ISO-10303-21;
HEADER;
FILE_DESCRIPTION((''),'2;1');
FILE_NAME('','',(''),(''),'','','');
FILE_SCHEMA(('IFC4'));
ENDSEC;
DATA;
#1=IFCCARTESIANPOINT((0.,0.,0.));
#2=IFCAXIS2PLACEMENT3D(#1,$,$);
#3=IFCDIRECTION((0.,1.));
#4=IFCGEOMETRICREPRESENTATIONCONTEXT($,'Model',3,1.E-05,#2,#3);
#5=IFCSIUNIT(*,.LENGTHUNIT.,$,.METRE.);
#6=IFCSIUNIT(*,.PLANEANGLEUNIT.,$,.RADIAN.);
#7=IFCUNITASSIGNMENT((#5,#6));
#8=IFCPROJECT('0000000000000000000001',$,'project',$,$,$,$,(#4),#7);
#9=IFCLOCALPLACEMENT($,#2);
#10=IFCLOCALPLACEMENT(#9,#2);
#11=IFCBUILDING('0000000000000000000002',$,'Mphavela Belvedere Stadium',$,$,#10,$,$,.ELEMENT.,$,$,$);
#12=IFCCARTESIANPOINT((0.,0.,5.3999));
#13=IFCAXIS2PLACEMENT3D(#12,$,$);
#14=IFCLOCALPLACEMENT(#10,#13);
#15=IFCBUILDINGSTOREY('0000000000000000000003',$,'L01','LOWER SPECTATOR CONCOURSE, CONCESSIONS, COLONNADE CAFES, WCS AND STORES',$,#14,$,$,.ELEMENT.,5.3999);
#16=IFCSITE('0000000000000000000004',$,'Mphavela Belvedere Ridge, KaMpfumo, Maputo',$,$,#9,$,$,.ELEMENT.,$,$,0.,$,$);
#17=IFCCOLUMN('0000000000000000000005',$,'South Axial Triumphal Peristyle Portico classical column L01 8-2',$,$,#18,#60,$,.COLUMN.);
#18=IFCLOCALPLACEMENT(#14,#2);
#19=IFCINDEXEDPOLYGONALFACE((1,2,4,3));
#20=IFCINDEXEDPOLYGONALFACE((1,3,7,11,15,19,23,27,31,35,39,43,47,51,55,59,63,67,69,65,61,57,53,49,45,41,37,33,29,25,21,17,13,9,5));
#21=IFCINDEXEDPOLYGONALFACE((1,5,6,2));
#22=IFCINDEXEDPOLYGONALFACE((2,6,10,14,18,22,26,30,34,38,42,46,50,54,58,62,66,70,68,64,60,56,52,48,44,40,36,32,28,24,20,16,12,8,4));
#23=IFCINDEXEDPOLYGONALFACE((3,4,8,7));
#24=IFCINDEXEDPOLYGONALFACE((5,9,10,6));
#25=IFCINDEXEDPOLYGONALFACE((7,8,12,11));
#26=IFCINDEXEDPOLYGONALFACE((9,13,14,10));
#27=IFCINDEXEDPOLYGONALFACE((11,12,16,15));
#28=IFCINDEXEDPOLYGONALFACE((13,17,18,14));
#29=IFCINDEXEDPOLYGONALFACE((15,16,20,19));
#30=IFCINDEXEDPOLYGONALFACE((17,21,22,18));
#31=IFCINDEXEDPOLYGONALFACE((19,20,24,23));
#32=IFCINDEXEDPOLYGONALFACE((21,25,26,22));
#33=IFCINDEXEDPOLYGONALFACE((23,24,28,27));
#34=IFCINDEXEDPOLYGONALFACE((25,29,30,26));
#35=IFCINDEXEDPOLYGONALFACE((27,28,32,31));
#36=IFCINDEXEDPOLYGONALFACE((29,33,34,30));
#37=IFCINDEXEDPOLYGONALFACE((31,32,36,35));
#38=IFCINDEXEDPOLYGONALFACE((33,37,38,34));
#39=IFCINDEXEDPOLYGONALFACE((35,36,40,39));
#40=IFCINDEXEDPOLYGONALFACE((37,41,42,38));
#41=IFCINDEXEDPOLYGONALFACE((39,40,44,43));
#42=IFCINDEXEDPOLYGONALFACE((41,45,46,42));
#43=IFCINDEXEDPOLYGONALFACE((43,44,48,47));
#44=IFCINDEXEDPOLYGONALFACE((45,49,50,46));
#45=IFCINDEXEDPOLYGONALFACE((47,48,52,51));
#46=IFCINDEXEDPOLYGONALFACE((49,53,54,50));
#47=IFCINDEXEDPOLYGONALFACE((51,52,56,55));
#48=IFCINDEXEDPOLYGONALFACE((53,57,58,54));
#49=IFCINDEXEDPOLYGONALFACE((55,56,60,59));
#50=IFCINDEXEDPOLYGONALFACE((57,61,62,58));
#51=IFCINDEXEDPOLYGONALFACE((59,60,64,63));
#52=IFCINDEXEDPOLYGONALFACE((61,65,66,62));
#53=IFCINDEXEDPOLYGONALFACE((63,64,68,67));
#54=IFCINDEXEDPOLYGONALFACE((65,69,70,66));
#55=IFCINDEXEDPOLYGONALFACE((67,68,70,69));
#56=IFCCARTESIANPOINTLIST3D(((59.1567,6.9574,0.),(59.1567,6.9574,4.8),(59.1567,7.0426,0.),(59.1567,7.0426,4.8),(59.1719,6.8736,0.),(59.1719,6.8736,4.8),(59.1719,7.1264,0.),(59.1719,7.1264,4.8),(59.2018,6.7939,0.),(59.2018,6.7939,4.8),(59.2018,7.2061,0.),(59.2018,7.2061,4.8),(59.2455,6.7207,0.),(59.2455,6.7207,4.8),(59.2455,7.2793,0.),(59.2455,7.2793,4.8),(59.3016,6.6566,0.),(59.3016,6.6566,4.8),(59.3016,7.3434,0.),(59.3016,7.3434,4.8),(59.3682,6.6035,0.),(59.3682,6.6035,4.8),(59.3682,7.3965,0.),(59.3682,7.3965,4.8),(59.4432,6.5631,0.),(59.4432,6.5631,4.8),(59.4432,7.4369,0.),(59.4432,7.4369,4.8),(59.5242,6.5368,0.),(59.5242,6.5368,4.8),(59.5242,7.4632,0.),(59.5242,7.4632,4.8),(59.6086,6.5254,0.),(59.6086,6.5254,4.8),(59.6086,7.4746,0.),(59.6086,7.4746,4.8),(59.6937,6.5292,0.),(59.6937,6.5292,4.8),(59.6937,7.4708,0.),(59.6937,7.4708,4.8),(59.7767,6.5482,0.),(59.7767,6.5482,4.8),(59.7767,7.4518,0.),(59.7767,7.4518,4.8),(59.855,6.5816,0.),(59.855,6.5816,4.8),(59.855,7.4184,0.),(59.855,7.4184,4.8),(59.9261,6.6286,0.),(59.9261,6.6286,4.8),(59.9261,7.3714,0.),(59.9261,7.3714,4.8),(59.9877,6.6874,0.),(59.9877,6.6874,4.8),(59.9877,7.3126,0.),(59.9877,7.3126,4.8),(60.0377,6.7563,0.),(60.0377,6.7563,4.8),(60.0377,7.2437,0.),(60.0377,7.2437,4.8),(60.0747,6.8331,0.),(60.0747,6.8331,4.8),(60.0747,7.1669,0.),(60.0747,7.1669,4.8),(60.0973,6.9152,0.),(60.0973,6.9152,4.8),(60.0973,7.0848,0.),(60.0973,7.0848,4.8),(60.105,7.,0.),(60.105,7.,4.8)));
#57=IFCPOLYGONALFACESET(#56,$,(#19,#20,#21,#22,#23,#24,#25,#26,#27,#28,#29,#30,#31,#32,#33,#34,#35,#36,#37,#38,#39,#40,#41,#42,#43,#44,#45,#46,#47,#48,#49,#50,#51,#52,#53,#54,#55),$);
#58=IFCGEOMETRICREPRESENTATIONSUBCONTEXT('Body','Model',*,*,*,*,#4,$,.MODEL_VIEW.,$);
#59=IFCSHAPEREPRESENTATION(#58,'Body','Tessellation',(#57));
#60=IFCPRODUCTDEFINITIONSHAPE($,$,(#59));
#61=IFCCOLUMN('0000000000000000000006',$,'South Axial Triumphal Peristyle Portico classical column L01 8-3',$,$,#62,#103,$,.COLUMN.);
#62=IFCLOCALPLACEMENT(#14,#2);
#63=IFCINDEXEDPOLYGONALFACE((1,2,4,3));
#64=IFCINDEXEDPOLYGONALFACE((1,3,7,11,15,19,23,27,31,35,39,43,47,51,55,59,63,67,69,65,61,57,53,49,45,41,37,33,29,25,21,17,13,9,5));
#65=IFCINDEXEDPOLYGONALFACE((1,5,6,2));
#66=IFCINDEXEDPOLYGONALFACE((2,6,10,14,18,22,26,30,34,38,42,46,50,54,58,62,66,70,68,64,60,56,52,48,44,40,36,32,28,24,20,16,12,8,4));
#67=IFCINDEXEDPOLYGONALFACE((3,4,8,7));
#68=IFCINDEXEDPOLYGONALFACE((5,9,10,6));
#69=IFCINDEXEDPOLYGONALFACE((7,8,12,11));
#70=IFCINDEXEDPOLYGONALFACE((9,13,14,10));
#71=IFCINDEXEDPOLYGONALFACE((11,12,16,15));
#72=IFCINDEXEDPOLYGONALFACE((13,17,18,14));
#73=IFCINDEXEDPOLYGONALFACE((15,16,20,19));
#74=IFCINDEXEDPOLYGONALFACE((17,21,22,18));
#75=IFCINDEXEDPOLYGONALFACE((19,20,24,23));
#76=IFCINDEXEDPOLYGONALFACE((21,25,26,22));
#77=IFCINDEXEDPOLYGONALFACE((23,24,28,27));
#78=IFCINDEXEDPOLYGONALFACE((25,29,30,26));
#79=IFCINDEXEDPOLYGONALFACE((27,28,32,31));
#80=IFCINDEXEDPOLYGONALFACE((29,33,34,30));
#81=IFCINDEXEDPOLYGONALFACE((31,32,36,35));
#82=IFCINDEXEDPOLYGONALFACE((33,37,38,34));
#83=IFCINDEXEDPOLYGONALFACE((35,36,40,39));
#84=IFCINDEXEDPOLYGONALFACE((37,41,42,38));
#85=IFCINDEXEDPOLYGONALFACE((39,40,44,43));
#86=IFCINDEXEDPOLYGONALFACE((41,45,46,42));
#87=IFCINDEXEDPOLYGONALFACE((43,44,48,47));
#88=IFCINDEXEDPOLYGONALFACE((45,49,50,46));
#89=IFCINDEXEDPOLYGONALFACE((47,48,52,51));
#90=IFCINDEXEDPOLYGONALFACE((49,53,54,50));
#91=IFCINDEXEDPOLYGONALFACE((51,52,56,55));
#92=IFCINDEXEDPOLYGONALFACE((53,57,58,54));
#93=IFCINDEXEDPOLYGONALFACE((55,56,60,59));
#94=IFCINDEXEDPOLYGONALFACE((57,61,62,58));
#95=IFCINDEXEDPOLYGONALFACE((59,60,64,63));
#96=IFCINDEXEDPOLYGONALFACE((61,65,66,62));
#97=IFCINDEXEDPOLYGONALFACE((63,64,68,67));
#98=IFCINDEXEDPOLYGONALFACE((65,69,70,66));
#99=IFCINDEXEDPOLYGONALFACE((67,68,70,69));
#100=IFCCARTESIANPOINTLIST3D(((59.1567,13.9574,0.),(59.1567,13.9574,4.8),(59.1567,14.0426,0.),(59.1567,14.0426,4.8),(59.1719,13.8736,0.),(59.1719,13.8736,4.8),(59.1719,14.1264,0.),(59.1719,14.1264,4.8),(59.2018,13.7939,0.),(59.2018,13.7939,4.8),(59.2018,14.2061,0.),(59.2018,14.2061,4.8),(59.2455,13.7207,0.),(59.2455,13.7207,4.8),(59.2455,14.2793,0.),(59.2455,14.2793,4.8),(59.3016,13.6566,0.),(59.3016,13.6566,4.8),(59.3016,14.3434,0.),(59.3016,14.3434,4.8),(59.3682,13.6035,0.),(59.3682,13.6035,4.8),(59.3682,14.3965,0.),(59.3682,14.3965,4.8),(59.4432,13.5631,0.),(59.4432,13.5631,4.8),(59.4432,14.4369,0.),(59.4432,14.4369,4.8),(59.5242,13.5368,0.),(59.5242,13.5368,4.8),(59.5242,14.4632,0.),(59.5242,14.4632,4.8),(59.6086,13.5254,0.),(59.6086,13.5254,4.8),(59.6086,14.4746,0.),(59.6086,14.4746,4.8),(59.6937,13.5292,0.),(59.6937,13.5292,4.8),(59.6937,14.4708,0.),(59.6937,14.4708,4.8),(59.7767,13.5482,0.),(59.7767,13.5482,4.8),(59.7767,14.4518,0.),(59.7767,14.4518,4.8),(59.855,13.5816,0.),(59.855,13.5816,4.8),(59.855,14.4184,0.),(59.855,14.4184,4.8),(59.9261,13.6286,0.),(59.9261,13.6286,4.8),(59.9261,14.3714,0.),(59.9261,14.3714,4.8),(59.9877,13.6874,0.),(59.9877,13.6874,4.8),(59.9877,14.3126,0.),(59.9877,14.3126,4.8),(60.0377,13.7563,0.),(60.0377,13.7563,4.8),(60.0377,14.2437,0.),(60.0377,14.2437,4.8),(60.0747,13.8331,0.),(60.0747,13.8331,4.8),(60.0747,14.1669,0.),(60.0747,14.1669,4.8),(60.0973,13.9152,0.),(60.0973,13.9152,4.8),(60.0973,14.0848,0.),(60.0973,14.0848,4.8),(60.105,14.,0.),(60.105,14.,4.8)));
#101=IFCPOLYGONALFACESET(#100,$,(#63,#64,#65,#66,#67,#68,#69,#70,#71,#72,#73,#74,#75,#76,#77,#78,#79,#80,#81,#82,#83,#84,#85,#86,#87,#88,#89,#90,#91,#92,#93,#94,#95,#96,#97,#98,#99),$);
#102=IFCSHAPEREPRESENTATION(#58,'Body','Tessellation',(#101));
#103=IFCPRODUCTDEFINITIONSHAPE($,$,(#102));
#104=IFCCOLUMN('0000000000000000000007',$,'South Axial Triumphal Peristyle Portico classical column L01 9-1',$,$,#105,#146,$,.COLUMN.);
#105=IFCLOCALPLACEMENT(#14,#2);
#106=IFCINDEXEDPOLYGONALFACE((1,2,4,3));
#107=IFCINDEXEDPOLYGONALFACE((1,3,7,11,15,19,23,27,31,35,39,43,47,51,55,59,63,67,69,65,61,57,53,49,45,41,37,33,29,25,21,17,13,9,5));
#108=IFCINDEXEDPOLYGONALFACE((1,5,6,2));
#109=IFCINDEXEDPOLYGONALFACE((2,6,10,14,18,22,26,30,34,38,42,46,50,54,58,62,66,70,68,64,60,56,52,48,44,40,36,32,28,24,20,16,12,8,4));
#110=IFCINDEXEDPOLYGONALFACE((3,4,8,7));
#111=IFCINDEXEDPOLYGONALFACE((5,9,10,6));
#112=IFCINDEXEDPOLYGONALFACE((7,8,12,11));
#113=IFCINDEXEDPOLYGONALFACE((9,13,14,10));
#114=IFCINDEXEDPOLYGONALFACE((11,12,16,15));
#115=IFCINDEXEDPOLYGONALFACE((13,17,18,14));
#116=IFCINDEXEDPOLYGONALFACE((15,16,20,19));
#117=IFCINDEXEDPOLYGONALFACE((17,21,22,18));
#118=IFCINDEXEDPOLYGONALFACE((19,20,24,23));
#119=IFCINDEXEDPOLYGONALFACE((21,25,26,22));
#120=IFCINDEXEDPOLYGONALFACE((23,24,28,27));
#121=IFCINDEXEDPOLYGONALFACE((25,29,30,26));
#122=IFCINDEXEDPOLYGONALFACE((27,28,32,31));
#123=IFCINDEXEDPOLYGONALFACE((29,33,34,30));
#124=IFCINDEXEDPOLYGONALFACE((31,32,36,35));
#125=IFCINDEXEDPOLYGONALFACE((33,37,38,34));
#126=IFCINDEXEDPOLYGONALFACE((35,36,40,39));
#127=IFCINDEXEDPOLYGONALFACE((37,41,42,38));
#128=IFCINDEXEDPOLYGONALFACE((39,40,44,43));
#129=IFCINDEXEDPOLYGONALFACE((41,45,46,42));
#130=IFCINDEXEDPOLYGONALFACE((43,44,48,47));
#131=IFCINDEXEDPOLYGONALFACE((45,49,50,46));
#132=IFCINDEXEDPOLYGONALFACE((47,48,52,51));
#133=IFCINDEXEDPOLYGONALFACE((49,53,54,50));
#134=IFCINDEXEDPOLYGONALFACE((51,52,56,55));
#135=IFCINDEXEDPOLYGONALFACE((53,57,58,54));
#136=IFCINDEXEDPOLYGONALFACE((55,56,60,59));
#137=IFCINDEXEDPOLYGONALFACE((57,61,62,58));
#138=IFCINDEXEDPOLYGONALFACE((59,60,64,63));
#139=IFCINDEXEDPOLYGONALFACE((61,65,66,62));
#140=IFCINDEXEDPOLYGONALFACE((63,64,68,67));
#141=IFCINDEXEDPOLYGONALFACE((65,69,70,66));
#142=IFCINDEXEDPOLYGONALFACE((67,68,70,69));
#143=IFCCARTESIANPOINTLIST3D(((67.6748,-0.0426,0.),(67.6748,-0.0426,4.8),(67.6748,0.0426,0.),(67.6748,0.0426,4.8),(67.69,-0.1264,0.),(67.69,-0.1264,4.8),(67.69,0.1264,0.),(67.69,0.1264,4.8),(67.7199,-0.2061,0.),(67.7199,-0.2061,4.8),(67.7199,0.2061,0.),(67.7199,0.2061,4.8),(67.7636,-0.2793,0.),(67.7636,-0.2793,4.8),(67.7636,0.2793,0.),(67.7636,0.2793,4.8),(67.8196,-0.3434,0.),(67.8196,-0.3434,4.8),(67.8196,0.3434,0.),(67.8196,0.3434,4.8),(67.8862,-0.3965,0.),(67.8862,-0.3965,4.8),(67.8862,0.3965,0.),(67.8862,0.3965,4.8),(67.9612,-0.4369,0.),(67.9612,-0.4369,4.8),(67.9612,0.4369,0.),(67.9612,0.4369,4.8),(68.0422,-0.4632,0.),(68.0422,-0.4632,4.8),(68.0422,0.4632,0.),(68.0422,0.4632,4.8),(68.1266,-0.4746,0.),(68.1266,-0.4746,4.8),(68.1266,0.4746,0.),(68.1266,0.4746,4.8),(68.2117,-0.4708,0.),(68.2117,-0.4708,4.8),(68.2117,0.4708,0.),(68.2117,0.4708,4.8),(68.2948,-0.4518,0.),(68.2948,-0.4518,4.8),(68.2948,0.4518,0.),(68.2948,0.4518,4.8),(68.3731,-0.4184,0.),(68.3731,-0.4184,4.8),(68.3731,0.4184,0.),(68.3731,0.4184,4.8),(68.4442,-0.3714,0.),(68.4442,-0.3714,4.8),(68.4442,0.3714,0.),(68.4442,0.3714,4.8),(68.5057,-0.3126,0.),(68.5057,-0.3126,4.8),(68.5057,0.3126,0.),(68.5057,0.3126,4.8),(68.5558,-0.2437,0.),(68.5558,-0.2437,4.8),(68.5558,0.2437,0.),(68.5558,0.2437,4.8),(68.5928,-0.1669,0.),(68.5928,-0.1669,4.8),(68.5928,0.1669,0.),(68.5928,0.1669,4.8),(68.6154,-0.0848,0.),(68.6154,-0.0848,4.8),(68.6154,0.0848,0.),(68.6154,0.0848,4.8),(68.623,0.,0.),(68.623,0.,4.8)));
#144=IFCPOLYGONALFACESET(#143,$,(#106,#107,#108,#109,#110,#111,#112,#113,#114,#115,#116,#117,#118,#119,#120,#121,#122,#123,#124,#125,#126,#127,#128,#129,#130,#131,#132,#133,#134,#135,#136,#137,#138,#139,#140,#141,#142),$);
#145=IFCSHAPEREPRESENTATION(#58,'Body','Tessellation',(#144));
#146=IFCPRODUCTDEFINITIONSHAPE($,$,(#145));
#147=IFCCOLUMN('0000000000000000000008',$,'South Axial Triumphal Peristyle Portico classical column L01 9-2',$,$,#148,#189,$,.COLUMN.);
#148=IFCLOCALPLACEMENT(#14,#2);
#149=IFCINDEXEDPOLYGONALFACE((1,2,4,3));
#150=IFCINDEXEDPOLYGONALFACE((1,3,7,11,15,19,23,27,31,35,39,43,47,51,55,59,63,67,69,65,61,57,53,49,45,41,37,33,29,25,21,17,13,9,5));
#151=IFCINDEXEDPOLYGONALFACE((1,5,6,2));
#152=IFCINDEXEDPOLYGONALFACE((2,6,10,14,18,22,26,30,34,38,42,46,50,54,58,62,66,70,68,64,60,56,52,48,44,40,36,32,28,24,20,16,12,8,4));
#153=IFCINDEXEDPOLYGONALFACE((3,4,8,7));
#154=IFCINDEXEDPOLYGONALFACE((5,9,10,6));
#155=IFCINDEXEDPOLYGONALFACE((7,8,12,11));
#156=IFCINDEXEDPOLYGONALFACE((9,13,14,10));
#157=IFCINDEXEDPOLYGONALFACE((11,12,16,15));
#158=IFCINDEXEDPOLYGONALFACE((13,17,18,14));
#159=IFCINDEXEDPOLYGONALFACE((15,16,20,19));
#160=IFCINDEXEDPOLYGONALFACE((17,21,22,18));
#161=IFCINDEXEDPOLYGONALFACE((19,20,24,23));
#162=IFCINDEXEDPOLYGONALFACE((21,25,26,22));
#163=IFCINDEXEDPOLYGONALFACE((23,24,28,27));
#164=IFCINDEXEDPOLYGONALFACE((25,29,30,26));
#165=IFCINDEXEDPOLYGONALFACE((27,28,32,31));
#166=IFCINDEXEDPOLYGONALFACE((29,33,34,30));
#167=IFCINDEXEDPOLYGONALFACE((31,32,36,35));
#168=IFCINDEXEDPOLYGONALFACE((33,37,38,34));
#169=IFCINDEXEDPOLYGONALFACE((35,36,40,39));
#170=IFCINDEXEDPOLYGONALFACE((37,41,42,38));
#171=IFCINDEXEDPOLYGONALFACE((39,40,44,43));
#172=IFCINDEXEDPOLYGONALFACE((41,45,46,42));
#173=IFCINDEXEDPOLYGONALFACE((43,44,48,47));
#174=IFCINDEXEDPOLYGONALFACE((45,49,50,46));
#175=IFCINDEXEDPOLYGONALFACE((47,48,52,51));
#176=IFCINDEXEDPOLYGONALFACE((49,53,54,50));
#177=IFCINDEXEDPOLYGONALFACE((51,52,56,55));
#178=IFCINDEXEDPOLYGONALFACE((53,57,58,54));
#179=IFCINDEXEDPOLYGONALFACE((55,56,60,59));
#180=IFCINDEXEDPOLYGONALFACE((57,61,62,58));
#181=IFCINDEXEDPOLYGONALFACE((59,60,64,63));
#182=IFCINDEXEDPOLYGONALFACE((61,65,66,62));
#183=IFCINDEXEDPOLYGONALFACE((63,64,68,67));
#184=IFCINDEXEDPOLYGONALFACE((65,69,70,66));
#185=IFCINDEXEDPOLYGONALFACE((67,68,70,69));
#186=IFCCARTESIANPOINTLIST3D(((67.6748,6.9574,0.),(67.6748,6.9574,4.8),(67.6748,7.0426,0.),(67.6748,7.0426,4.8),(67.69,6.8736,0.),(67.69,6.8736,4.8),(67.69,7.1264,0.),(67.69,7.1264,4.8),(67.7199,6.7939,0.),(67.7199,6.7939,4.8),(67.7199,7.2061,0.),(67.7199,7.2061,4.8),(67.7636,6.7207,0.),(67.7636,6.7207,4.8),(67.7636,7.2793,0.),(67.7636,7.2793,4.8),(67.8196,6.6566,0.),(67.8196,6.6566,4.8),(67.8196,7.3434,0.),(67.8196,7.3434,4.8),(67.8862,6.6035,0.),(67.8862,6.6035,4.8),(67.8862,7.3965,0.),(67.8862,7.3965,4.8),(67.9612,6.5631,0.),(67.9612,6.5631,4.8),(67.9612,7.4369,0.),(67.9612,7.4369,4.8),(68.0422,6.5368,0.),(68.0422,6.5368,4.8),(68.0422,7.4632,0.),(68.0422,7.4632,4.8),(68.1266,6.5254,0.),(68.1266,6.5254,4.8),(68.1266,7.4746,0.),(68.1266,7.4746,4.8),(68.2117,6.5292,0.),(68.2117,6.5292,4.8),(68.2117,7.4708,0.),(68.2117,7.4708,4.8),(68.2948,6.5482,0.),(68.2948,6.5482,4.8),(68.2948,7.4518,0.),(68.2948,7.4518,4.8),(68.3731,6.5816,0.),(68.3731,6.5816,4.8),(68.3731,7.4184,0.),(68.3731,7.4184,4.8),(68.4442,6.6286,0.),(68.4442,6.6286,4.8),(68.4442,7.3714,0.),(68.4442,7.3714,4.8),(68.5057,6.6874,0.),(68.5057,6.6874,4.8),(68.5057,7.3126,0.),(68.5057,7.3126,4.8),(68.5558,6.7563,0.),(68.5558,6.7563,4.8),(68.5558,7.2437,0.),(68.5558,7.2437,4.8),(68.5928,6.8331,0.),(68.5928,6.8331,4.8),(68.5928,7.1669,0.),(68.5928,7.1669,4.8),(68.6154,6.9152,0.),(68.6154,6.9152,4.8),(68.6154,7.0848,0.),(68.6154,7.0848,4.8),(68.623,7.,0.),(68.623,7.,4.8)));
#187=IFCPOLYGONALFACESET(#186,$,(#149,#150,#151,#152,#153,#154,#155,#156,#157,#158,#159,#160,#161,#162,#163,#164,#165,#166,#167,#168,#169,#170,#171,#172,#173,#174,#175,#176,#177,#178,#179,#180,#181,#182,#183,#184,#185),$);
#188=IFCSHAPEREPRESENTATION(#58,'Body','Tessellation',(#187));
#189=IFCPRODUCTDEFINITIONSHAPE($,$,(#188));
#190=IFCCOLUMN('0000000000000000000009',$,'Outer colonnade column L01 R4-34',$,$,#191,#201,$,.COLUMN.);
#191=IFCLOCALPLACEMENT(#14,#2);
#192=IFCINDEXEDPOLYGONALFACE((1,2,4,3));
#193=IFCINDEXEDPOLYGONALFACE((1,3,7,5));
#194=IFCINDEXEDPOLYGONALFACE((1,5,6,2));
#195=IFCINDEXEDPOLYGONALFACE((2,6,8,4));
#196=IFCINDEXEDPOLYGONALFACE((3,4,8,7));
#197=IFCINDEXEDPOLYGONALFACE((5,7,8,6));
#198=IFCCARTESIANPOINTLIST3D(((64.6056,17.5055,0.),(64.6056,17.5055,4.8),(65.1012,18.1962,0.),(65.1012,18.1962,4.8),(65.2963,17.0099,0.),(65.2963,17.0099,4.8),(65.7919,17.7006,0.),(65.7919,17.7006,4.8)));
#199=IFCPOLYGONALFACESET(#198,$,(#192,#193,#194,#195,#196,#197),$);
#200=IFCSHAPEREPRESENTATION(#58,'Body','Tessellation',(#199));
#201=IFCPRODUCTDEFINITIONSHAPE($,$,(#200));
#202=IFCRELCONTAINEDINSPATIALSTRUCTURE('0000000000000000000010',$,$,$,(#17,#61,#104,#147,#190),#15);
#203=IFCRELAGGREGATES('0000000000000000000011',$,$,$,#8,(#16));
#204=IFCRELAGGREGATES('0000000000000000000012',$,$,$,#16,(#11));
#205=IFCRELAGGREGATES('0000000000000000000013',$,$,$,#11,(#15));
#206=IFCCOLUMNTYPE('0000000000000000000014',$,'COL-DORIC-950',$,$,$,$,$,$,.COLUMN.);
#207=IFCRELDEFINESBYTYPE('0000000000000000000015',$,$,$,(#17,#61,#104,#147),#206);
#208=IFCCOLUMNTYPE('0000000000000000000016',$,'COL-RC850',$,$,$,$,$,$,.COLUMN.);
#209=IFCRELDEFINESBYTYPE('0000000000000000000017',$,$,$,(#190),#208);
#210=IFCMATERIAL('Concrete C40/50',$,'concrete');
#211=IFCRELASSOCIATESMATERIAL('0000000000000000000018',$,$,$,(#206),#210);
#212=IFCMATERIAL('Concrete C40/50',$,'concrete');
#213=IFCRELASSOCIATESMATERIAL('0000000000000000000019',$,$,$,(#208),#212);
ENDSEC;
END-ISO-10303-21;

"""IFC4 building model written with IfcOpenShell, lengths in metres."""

from ifc_helpers import new_model, si_unit, direction, frame, origin, origin_2d, place, context, subcontext, project, spatial, rectangle, circle, extrude, material, material_profile, profile_set, type_object, element, save


model = new_model("IFC4")

# Units and contexts
model_context = context("Model", 3, precision=1e-05, world=origin(), true_north=direction((0.0, 1.0)))
body_context = subcontext(model_context, "Body", "Model", "MODEL_VIEW")
ifc_project = project(units=[si_unit("LENGTHUNIT", "METRE"), si_unit("PLANEANGLEUNIT", "RADIAN")], contexts=[model_context])

# Site, building, storey
site_placement = place(None, origin())
site = spatial("IfcSite", under=ifc_project, at=site_placement, Name="Mphavela Belvedere Ridge, KaMpfumo, Maputo", CompositionType="ELEMENT", RefElevation=0.0)
building_placement = place(site_placement, origin())
building = spatial("IfcBuilding", under=site, at=building_placement, Name="Mphavela Belvedere Stadium", CompositionType="ELEMENT")
storey_placement = place(building_placement, frame((0.0, 0.0, 5.3999)))
storey = spatial("IfcBuildingStorey", under=building, at=storey_placement, Name="L01", Description="LOWER SPECTATOR CONCOURSE, CONCESSIONS, COLONNADE CAFES, WCS AND STORES", CompositionType="ELEMENT", Elevation=5.3999)

# Columns
ifc_material_1 = material(Name="Concrete C40/50", Category="concrete")
ifc_material_profile_1 = material_profile(ifc_material_1, circle(Radius=0.4751, at=origin_2d()), Name="COL D950")
ifc_profile_set_1 = profile_set([ifc_material_profile_1], Name="Concrete C40/50")
column_type_1 = type_object("IfcColumnType", Name="COL-DORIC-950", PredefinedType="COLUMN", material=ifc_profile_set_1)
for number, where, z_axis, x_axis, name in (
    (1, (59.6299, 7.0, 0.0), (0.0, 0.0, 1.0), (1.0, 0.0, 0.0), "South Axial Triumphal Peristyle Portico classical column L01 8-2"),
    (2, (59.6299, 14.0, 0.0), (0.0, 0.0, 1.0), (1.0, 0.0, 0.0), "South Axial Triumphal Peristyle Portico classical column L01 8-3"),
    (3, (68.1479, 0.0, 0.0), (0.0, 0.0, 1.0), (1.0, 0.0, 0.0), "South Axial Triumphal Peristyle Portico classical column L01 9-1"),
    (4, (68.1479, 7.0, 0.0), (0.0, 0.0, 1.0), (1.0, 0.0, 0.0), "South Axial Triumphal Peristyle Portico classical column L01 9-2"),
):
    element("IfcColumn", number, at=place(storey_placement, frame(where, z_axis=z_axis, x_axis=x_axis)), inside=storey, type_object=column_type_1, Name=name, PredefinedType="COLUMN", context=body_context, shape_type="SweptSolid", body=[
        extrude(circle(Radius=0.4751, at=origin_2d()), origin(), (0.0, 0.0, 1.0), 4.8),
    ])
ifc_material_2 = material(Name="Concrete C40/50", Category="concrete")
ifc_material_profile_2 = material_profile(ifc_material_2, rectangle(XDim=0.8501, YDim=0.8501, at=origin_2d()), Name="RC 850x850")
ifc_profile_set_2 = profile_set([ifc_material_profile_2], Name="Concrete C40/50")
column_type_2 = type_object("IfcColumnType", Name="COL-RC850", PredefinedType="COLUMN", material=ifc_profile_set_2)
column_placement = place(storey_placement, frame((65.1987, 17.603, 0.0), z_axis=(0.0, 0.0, 1.0), x_axis=(-0.582974, -0.812491, 0.0)))
element("IfcColumn", 5, at=column_placement, inside=storey, type_object=column_type_2, Name="Outer colonnade column L01 R4-34", PredefinedType="COLUMN", context=body_context, shape_type="SweptSolid", body=[
    extrude(rectangle(XDim=0.8501, YDim=0.8501, at=origin_2d()), origin(), (0.0, 0.0, 1.0), 4.8),
])

save(model, "model.ifc")
